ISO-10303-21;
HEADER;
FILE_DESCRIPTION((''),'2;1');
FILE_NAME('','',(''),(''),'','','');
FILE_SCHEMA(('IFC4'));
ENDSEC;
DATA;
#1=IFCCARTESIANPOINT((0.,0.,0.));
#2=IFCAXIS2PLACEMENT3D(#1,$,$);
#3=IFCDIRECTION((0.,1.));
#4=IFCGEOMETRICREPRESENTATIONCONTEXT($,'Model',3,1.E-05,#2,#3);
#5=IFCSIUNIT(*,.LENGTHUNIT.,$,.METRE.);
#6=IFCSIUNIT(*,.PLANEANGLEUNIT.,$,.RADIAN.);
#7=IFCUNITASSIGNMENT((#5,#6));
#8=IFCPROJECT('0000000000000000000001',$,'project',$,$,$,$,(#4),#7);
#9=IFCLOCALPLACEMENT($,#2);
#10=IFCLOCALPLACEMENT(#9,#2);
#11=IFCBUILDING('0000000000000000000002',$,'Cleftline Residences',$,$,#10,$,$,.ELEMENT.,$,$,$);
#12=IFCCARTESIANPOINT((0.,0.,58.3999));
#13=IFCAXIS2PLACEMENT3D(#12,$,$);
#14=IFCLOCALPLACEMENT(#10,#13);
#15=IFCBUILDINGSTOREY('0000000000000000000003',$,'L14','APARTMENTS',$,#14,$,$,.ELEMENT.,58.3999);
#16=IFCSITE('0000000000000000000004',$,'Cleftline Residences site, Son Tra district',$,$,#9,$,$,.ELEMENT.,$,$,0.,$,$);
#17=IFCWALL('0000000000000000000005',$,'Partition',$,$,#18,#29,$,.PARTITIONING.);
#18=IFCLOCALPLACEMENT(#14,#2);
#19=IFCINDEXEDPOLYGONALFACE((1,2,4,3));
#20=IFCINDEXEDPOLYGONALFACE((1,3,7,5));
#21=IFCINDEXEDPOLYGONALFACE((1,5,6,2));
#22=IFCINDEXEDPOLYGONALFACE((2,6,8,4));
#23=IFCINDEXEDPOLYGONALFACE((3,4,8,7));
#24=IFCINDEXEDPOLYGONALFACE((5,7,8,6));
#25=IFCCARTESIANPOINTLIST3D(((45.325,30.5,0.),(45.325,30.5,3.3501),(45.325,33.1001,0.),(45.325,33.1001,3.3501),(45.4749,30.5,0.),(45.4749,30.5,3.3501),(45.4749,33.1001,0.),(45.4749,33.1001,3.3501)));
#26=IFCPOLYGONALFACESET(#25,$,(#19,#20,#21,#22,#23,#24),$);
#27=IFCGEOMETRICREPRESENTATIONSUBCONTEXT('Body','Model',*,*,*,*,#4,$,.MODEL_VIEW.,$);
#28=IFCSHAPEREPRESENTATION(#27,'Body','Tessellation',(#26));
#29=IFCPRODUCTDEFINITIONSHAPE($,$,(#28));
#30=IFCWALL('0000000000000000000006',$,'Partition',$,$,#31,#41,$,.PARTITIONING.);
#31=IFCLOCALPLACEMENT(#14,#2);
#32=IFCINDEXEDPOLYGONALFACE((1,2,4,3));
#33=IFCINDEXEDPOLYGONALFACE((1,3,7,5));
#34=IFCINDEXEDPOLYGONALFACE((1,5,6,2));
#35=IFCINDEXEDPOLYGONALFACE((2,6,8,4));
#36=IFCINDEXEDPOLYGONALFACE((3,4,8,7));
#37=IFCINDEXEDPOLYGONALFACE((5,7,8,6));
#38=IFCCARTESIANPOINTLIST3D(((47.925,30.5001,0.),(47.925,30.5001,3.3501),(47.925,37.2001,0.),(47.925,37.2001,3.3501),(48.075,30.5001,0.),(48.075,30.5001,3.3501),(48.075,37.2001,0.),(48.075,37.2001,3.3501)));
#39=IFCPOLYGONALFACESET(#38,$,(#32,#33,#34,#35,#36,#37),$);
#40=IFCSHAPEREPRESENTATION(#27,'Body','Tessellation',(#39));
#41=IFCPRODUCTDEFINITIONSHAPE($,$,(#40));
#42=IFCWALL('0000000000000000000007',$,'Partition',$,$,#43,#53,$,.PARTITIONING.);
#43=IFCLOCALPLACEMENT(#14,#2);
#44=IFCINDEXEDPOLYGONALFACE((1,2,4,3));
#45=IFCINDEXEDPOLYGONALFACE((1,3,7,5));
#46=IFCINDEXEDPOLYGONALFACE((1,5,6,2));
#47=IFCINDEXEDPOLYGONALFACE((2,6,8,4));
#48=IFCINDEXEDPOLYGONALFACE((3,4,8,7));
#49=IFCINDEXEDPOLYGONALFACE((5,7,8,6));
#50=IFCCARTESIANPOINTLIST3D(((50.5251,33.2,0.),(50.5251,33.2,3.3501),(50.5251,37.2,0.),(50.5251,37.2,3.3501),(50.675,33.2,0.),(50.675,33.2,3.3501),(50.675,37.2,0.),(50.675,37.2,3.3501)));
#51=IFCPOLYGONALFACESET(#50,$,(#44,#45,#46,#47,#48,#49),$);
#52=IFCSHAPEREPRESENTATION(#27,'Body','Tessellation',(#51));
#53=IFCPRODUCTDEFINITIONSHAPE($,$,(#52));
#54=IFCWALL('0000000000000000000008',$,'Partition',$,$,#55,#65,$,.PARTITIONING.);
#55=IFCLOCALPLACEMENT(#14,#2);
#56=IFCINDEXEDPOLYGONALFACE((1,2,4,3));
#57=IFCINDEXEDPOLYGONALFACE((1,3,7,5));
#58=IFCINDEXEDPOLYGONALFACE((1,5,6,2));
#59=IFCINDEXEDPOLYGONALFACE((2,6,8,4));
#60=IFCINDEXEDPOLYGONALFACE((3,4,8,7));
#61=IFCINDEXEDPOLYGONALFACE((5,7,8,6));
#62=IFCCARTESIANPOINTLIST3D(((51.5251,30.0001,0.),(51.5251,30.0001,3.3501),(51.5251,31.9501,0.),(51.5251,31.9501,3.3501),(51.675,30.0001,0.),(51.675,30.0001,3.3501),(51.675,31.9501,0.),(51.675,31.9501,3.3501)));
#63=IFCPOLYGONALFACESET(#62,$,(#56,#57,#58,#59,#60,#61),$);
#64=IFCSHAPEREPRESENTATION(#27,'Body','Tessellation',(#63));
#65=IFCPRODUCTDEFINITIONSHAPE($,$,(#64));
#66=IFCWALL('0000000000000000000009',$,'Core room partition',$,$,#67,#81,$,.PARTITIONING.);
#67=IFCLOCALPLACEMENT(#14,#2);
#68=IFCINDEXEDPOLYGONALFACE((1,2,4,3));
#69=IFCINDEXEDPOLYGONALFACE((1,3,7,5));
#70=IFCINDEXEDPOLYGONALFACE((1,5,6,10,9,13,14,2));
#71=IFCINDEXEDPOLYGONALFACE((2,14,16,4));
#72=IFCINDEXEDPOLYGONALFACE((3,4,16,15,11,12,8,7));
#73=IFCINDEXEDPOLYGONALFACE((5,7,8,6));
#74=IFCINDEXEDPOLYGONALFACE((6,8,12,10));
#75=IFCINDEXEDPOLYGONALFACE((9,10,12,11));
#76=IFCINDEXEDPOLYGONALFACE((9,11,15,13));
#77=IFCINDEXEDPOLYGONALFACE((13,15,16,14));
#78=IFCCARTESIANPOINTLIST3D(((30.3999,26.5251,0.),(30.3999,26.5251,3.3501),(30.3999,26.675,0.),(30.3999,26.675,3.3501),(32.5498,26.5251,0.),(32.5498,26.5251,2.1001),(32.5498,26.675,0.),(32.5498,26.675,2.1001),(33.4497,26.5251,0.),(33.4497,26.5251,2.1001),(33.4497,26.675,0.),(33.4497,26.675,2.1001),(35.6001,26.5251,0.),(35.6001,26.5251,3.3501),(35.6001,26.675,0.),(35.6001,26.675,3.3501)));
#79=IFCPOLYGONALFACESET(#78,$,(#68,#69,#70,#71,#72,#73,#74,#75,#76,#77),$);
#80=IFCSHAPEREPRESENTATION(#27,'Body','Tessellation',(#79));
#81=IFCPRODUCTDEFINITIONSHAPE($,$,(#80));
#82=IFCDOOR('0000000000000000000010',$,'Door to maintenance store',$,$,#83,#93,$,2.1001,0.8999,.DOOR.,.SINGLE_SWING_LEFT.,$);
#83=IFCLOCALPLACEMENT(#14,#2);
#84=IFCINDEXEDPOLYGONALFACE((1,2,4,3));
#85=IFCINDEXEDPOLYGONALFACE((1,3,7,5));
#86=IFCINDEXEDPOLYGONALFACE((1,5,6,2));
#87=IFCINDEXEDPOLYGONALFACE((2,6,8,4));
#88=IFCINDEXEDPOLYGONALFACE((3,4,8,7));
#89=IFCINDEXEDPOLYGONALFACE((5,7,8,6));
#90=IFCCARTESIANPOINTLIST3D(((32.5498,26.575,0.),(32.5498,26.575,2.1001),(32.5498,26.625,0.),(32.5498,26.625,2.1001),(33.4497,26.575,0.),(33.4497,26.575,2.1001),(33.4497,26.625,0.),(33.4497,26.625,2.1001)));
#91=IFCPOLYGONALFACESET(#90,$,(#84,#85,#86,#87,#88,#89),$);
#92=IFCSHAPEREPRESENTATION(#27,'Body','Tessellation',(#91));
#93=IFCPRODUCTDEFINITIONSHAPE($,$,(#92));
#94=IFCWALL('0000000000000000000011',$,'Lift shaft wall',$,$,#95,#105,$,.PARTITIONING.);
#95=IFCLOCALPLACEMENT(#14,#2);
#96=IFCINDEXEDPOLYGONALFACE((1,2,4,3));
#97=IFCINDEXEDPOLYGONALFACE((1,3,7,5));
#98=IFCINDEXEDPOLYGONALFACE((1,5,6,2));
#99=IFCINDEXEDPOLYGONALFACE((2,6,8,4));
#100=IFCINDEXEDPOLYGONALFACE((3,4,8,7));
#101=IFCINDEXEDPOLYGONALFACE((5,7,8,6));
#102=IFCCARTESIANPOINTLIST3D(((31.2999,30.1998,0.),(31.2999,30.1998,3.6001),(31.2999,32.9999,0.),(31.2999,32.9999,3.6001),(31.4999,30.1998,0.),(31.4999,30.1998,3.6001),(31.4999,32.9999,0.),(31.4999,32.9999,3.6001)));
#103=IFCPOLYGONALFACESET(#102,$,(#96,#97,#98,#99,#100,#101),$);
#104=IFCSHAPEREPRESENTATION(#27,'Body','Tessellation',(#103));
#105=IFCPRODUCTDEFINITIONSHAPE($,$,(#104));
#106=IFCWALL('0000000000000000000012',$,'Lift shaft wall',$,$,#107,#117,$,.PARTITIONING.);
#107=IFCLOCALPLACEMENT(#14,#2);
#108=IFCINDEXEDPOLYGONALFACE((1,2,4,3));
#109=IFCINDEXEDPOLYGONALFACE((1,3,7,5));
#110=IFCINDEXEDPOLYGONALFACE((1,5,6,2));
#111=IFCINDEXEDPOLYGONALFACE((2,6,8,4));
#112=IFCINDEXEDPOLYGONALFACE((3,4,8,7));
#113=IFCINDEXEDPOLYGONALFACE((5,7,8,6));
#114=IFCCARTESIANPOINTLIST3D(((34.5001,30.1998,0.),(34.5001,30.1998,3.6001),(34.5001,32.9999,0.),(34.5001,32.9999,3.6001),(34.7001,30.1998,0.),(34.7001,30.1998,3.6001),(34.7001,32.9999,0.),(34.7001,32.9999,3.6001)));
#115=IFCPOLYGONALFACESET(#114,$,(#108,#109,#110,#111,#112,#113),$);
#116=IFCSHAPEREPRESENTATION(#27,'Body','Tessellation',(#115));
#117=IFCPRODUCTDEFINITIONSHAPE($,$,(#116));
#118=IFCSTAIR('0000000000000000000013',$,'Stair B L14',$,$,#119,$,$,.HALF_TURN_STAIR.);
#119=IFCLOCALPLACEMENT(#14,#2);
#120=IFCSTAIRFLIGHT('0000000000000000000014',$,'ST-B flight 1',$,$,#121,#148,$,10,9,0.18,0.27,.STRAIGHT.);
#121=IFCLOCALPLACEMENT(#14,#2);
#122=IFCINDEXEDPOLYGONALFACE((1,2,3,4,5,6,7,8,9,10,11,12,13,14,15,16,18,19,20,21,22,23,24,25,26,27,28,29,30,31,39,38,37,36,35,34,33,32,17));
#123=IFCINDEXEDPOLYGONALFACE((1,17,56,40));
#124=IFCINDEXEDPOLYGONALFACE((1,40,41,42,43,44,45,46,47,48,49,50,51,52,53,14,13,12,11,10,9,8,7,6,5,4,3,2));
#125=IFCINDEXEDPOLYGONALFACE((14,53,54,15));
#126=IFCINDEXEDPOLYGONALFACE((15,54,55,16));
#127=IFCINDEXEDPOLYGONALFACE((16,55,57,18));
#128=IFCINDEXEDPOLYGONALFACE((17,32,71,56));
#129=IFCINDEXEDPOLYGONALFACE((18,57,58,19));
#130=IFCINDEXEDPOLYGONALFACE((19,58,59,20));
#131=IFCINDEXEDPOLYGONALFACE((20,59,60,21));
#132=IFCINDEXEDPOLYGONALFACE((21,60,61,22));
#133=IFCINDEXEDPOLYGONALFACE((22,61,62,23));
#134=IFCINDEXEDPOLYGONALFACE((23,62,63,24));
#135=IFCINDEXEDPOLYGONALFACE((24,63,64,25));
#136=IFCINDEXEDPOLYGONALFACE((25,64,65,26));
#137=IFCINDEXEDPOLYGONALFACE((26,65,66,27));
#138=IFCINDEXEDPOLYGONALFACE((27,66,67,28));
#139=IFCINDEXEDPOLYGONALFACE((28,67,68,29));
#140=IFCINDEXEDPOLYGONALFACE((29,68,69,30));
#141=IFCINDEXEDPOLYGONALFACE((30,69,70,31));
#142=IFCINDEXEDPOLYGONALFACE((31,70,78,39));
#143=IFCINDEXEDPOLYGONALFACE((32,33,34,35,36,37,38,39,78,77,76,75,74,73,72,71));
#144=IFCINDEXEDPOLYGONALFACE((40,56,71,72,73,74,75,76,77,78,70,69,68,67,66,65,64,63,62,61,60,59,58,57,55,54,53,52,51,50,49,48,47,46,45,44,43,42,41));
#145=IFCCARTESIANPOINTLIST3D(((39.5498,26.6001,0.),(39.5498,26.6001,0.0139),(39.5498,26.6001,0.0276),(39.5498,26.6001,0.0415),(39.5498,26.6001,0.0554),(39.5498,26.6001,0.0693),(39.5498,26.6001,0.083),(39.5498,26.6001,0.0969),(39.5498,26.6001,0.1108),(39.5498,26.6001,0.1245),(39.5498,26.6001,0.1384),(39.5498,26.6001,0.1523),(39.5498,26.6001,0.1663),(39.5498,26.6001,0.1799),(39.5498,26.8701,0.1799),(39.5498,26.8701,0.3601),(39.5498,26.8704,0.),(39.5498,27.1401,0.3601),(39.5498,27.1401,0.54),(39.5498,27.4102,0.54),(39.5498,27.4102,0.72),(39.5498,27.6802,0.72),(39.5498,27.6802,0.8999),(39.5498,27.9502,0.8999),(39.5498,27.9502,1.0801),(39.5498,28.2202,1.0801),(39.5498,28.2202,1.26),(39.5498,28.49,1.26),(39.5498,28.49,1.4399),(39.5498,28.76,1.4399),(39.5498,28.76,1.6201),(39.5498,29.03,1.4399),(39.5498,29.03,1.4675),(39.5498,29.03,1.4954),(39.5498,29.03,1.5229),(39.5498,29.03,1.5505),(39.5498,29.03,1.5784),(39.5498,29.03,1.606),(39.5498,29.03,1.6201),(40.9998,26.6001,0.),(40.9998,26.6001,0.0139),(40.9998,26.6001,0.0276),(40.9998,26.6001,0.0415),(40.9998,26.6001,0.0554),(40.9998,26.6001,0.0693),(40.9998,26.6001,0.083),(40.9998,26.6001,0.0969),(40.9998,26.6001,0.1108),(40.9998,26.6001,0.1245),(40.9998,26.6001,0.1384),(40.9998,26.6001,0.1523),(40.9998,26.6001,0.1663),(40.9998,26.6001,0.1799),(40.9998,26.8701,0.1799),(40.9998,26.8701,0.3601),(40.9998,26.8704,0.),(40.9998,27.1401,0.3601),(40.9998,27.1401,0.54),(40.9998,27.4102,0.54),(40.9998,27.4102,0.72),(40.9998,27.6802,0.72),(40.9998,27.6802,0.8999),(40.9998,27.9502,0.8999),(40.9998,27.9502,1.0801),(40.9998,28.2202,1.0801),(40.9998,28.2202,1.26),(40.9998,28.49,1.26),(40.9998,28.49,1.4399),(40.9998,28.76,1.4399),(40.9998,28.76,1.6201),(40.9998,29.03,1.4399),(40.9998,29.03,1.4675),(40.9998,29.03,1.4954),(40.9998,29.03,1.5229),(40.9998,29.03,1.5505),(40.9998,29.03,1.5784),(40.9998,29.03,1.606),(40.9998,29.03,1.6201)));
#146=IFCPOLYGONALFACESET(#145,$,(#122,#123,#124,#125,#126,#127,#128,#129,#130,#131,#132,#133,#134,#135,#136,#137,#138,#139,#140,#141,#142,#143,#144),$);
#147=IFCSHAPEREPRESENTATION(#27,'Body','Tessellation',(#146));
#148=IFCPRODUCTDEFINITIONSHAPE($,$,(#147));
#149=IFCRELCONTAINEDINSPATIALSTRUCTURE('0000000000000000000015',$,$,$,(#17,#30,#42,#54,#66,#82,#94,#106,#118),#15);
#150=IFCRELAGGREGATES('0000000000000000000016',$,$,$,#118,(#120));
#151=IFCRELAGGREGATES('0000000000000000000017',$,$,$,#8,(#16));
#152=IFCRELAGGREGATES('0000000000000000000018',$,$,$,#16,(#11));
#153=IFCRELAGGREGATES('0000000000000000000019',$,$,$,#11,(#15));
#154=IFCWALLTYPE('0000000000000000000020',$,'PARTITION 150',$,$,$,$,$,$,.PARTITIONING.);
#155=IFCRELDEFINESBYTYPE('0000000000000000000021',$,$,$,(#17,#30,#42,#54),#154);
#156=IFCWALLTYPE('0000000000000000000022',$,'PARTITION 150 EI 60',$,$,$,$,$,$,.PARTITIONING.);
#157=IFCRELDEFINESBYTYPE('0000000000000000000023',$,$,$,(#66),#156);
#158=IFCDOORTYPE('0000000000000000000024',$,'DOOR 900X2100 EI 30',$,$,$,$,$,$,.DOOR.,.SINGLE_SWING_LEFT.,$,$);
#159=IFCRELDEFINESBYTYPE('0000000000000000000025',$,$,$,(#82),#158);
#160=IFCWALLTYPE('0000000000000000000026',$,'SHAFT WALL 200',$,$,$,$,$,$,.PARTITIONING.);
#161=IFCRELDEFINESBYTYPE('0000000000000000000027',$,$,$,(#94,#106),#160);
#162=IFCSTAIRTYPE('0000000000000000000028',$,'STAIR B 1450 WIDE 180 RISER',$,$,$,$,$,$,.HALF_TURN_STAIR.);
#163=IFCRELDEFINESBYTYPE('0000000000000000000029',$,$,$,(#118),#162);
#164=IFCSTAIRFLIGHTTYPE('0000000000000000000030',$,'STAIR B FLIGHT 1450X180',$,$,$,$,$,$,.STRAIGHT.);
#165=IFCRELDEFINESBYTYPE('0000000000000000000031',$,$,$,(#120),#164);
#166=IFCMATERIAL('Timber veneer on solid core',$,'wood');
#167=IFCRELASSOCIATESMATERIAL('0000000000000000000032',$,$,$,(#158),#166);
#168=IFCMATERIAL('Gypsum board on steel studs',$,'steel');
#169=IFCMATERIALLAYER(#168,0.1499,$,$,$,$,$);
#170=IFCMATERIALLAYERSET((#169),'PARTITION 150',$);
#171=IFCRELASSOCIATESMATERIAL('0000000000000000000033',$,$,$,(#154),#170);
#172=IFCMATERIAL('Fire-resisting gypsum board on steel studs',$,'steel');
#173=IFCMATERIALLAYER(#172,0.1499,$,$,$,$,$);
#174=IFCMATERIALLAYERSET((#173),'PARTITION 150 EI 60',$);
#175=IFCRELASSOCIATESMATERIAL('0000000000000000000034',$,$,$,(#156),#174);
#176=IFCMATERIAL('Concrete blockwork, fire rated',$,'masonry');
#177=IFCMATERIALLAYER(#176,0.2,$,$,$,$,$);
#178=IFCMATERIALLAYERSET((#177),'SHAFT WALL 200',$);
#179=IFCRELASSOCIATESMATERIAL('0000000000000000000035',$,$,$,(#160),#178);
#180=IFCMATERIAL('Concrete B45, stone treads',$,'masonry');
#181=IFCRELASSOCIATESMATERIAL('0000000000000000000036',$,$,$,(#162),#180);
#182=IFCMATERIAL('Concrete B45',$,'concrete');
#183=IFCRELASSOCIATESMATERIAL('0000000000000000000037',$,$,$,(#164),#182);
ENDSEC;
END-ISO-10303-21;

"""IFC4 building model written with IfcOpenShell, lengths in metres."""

from ifc_helpers import new_model, si_unit, direction, frame, frame_2d, origin, place, context, subcontext, project, spatial, polyline, rectangle, outline, extrude, material, layer, layer_set, type_object, element, fill, aggregate, save


model = new_model("IFC4")

# Units and contexts
model_context = context("Model", 3, precision=1e-05, world=origin(), true_north=direction((0.0, 1.0)))
body_context = subcontext(model_context, "Body", "Model", "MODEL_VIEW")
ifc_project = project(units=[si_unit("LENGTHUNIT", "METRE"), si_unit("PLANEANGLEUNIT", "RADIAN")], contexts=[model_context])

# Site, building, storey
site_placement = place(None, origin())
site = spatial("IfcSite", under=ifc_project, at=site_placement, Name="Cleftline Residences site, Son Tra district", CompositionType="ELEMENT", RefElevation=0.0)
building_placement = place(site_placement, origin())
building = spatial("IfcBuilding", under=site, at=building_placement, Name="Cleftline Residences", CompositionType="ELEMENT")
storey_placement = place(building_placement, frame((0.0, 0.0, 58.3999)))
storey = spatial("IfcBuildingStorey", under=building, at=storey_placement, Name="L14", Description="APARTMENTS", CompositionType="ELEMENT", Elevation=58.3999)

# Shared definitions
ifc_material_1 = material(Name="Timber veneer on solid core", Category="wood")
door_type_1 = type_object("IfcDoorType", Name="DOOR 900X2100 EI 30", OperationType="SINGLE_SWING_LEFT", PredefinedType="DOOR", material=ifc_material_1)

# Shared definitions
ifc_material_2 = material(Name="Gypsum board on steel studs", Category="steel")
ifc_layer_1 = layer(ifc_material_2, 0.1499)
ifc_layer_set_1 = layer_set([ifc_layer_1], Name="PARTITION 150")
wall_type_1 = type_object("IfcWallType", Name="PARTITION 150", PredefinedType="PARTITIONING", material=ifc_layer_set_1)

# Walls
wall_1_placement = place(storey_placement, frame((45.3999, 30.5, 0.0), z_axis=(0.0, 0.0, 1.0), x_axis=(0.0, 1.0, 0.0)))
element("IfcWall", 1, at=wall_1_placement, inside=storey, type_object=wall_type_1, Name="Partition", PredefinedType="PARTITIONING", context=body_context, shape_type="SweptSolid", body=[
    extrude(rectangle(XDim=2.6001, YDim=0.1499, at=frame_2d((1.3, 0.0))), origin(), (0.0, 0.0, 1.0), 3.3501),
])
wall_2_placement = place(storey_placement, frame((48.0, 30.5, 0.0), z_axis=(0.0, 0.0, 1.0), x_axis=(0.0, 1.0, 0.0)))
element("IfcWall", 2, at=wall_2_placement, inside=storey, type_object=wall_type_1, Name="Partition", PredefinedType="PARTITIONING", context=body_context, shape_type="SweptSolid", body=[
    extrude(rectangle(XDim=6.7, YDim=0.1499, at=frame_2d((3.3501, 0.0))), origin(), (0.0, 0.0, 1.0), 3.3501),
])
wall_3_placement = place(storey_placement, frame((50.6001, 33.2, 0.0), z_axis=(0.0, 0.0, 1.0), x_axis=(0.0, 1.0, 0.0)))
element("IfcWall", 3, at=wall_3_placement, inside=storey, type_object=wall_type_1, Name="Partition", PredefinedType="PARTITIONING", context=body_context, shape_type="SweptSolid", body=[
    extrude(rectangle(XDim=4.0, YDim=0.1499, at=frame_2d((2.0, 0.0))), origin(), (0.0, 0.0, 1.0), 3.3501),
])
wall_4_placement = place(storey_placement, frame((51.6001, 30.0, 0.0), z_axis=(0.0, 0.0, 1.0), x_axis=(0.0, 1.0, 0.0)))
element("IfcWall", 4, at=wall_4_placement, inside=storey, type_object=wall_type_1, Name="Partition", PredefinedType="PARTITIONING", context=body_context, shape_type="SweptSolid", body=[
    extrude(rectangle(XDim=1.95, YDim=0.1499, at=frame_2d((0.9751, 0.0))), origin(), (0.0, 0.0, 1.0), 3.3501),
])

# Wall, opening, door
ifc_material_3 = material(Name="Fire-resisting gypsum board on steel studs", Category="steel")
ifc_layer_2 = layer(ifc_material_3, 0.1499)
ifc_layer_set_2 = layer_set([ifc_layer_2], Name="PARTITION 150 EI 60")
wall_type_2 = type_object("IfcWallType", Name="PARTITION 150 EI 60", PredefinedType="PARTITIONING", material=ifc_layer_set_2)
wall_5_placement = place(storey_placement, frame((30.3999, 26.6001, 0.0), z_axis=(0.0, 0.0, 1.0), x_axis=(1.0, 0.0, 0.0)))
wall_5 = element("IfcWall", 5, at=wall_5_placement, inside=storey, type_object=wall_type_2, Name="Core room partition", PredefinedType="PARTITIONING", context=body_context, shape_type="SweptSolid", body=[
    extrude(rectangle(XDim=5.2002, YDim=0.1499, at=frame_2d((2.6001, 0.0))), origin(), (0.0, 0.0, 1.0), 3.3501),
])
opening_1_placement = place(wall_5_placement, frame((2.1499, 0.0, 0.0)))
opening_1 = element("IfcOpeningElement", 6, at=opening_1_placement, cuts=wall_5, PredefinedType="OPENING", context=body_context, shape_type="SweptSolid", body=[
    extrude(rectangle(XDim=0.8999, YDim=2.1001, at=frame_2d((0.45, 1.05))), frame((0.0, 0.085, 0.0), z_axis=(0.0, -1.0, 0.0), x_axis=(1.0, 0.0, 0.0)), (0.0, 0.0, 1.0), 0.1699),
])
door_1_placement = place(opening_1_placement, origin())
door_1 = element("IfcDoor", 7, at=door_1_placement, inside=storey, type_object=door_type_1, Name="Door to maintenance store", OperationType="SINGLE_SWING_LEFT", OverallHeight=2.1001, OverallWidth=0.8999, PredefinedType="DOOR", context=body_context, shape_type="SweptSolid", body=[
    extrude(rectangle(XDim=0.8999, YDim=2.1001, at=frame_2d((0.45, 1.05))), frame((0.0, 0.0249, 0.0), z_axis=(0.0, -1.0, 0.0), x_axis=(1.0, 0.0, 0.0)), (0.0, 0.0, 1.0), 0.05),
])
fill(opening_1, door_1)

# Walls
ifc_material_4 = material(Name="Concrete blockwork, fire rated", Category="masonry")
ifc_layer_3 = layer(ifc_material_4, 0.2)
ifc_layer_set_3 = layer_set([ifc_layer_3], Name="SHAFT WALL 200")
wall_type_3 = type_object("IfcWallType", Name="SHAFT WALL 200", PredefinedType="PARTITIONING", material=ifc_layer_set_3)
for number, where, z_axis, x_axis, name in (
    (8, (31.3999, 30.2, 0.0), (0.0, 0.0, 1.0), (0.0, 1.0, 0.0), "Lift shaft wall"),
    (9, (34.6001, 30.2, 0.0), (0.0, 0.0, 1.0), (0.0, 1.0, 0.0), "Lift shaft wall"),
):
    element("IfcWall", number, at=place(storey_placement, frame(where, z_axis=z_axis, x_axis=x_axis)), inside=storey, type_object=wall_type_3, Name=name, PredefinedType="PARTITIONING", context=body_context, shape_type="SweptSolid", body=[
        extrude(rectangle(XDim=2.8, YDim=0.2, at=frame_2d((1.3999, 0.0))), origin(), (0.0, 0.0, 1.0), 3.6001),
    ])

# Stair, stair flight
ifc_material_5 = material(Name="Concrete B45, stone treads", Category="masonry")
stair_type = type_object("IfcStairType", Name="STAIR B 1450 WIDE 180 RISER", PredefinedType="HALF_TURN_STAIR", material=ifc_material_5)
stair_placement = place(storey_placement, origin())
stair = element("IfcStair", 10, at=stair_placement, inside=storey, type_object=stair_type, Name="Stair B L14", PredefinedType="HALF_TURN_STAIR")
ifc_material_6 = material(Name="Concrete B45", Category="concrete")
stair_flight_type = type_object("IfcStairFlightType", Name="STAIR B FLIGHT 1450X180", PredefinedType="STRAIGHT", material=ifc_material_6)
stair_flight_1_placement = place(storey_placement, frame((40.2749, 26.6001, 0.0), z_axis=(0.0, 0.0, 1.0), x_axis=(0.0, 1.0, 0.0)))
stair_flight_1 = element("IfcStairFlight", 11, at=stair_flight_1_placement, type_object=stair_flight_type, Name="ST-B flight 1", NumberOfRisers=10, NumberOfTreads=9, PredefinedType="STRAIGHT", RiserHeight=0.18, TreadLength=0.27, context=body_context, shape_type="SweptSolid", body=[
    extrude(outline(polyline([(0.0, 0.0), (0.0, 0.0139), (0.0, 0.0276), (0.0, 0.0415), (0.0, 0.0554), (0.0, 0.0693), (0.0, 0.083), (0.0, 0.0969), (0.0, 0.1108), (0.0, 0.1245), (0.0, 0.1384), (0.0, 0.1523), (0.0, 0.1663), (0.0, 0.1799), (0.27, 0.1799), (0.27, 0.3601), (0.54, 0.3601), (0.54, 0.54), (0.8101, 0.54), (0.8101, 0.72), (1.0801, 0.72), (1.0801, 0.8999), (1.3501, 0.8999), (1.3501, 1.0801), (1.6201, 1.0801), (1.6201, 1.26), (1.8899, 1.26), (1.8899, 1.4399), (2.1599, 1.4399), (2.1599, 1.6201), (2.4299, 1.6201), (2.4299, 1.8), (2.4299, 1.7722), (2.4299, 1.7446), (2.4299, 1.7168), (2.4299, 1.6892), (2.4299, 1.6614), (2.4299, 1.6338), (2.4299, 1.606), (2.4299, 1.5784), (2.4299, 1.5505), (2.4299, 1.5229), (2.4299, 1.4954), (2.4299, 1.4675), (2.4299, 1.4399), (0.2703, 0.0), (0.0, 0.0)])), frame((0.0, 0.7251, 0.0), z_axis=(0.0, -1.0, 0.0), x_axis=(1.0, 0.0, 0.0)), (0.0, 0.0, 1.0), 1.45),
])
aggregate(stair, [stair_flight_1])

save(model, "model.ifc")
